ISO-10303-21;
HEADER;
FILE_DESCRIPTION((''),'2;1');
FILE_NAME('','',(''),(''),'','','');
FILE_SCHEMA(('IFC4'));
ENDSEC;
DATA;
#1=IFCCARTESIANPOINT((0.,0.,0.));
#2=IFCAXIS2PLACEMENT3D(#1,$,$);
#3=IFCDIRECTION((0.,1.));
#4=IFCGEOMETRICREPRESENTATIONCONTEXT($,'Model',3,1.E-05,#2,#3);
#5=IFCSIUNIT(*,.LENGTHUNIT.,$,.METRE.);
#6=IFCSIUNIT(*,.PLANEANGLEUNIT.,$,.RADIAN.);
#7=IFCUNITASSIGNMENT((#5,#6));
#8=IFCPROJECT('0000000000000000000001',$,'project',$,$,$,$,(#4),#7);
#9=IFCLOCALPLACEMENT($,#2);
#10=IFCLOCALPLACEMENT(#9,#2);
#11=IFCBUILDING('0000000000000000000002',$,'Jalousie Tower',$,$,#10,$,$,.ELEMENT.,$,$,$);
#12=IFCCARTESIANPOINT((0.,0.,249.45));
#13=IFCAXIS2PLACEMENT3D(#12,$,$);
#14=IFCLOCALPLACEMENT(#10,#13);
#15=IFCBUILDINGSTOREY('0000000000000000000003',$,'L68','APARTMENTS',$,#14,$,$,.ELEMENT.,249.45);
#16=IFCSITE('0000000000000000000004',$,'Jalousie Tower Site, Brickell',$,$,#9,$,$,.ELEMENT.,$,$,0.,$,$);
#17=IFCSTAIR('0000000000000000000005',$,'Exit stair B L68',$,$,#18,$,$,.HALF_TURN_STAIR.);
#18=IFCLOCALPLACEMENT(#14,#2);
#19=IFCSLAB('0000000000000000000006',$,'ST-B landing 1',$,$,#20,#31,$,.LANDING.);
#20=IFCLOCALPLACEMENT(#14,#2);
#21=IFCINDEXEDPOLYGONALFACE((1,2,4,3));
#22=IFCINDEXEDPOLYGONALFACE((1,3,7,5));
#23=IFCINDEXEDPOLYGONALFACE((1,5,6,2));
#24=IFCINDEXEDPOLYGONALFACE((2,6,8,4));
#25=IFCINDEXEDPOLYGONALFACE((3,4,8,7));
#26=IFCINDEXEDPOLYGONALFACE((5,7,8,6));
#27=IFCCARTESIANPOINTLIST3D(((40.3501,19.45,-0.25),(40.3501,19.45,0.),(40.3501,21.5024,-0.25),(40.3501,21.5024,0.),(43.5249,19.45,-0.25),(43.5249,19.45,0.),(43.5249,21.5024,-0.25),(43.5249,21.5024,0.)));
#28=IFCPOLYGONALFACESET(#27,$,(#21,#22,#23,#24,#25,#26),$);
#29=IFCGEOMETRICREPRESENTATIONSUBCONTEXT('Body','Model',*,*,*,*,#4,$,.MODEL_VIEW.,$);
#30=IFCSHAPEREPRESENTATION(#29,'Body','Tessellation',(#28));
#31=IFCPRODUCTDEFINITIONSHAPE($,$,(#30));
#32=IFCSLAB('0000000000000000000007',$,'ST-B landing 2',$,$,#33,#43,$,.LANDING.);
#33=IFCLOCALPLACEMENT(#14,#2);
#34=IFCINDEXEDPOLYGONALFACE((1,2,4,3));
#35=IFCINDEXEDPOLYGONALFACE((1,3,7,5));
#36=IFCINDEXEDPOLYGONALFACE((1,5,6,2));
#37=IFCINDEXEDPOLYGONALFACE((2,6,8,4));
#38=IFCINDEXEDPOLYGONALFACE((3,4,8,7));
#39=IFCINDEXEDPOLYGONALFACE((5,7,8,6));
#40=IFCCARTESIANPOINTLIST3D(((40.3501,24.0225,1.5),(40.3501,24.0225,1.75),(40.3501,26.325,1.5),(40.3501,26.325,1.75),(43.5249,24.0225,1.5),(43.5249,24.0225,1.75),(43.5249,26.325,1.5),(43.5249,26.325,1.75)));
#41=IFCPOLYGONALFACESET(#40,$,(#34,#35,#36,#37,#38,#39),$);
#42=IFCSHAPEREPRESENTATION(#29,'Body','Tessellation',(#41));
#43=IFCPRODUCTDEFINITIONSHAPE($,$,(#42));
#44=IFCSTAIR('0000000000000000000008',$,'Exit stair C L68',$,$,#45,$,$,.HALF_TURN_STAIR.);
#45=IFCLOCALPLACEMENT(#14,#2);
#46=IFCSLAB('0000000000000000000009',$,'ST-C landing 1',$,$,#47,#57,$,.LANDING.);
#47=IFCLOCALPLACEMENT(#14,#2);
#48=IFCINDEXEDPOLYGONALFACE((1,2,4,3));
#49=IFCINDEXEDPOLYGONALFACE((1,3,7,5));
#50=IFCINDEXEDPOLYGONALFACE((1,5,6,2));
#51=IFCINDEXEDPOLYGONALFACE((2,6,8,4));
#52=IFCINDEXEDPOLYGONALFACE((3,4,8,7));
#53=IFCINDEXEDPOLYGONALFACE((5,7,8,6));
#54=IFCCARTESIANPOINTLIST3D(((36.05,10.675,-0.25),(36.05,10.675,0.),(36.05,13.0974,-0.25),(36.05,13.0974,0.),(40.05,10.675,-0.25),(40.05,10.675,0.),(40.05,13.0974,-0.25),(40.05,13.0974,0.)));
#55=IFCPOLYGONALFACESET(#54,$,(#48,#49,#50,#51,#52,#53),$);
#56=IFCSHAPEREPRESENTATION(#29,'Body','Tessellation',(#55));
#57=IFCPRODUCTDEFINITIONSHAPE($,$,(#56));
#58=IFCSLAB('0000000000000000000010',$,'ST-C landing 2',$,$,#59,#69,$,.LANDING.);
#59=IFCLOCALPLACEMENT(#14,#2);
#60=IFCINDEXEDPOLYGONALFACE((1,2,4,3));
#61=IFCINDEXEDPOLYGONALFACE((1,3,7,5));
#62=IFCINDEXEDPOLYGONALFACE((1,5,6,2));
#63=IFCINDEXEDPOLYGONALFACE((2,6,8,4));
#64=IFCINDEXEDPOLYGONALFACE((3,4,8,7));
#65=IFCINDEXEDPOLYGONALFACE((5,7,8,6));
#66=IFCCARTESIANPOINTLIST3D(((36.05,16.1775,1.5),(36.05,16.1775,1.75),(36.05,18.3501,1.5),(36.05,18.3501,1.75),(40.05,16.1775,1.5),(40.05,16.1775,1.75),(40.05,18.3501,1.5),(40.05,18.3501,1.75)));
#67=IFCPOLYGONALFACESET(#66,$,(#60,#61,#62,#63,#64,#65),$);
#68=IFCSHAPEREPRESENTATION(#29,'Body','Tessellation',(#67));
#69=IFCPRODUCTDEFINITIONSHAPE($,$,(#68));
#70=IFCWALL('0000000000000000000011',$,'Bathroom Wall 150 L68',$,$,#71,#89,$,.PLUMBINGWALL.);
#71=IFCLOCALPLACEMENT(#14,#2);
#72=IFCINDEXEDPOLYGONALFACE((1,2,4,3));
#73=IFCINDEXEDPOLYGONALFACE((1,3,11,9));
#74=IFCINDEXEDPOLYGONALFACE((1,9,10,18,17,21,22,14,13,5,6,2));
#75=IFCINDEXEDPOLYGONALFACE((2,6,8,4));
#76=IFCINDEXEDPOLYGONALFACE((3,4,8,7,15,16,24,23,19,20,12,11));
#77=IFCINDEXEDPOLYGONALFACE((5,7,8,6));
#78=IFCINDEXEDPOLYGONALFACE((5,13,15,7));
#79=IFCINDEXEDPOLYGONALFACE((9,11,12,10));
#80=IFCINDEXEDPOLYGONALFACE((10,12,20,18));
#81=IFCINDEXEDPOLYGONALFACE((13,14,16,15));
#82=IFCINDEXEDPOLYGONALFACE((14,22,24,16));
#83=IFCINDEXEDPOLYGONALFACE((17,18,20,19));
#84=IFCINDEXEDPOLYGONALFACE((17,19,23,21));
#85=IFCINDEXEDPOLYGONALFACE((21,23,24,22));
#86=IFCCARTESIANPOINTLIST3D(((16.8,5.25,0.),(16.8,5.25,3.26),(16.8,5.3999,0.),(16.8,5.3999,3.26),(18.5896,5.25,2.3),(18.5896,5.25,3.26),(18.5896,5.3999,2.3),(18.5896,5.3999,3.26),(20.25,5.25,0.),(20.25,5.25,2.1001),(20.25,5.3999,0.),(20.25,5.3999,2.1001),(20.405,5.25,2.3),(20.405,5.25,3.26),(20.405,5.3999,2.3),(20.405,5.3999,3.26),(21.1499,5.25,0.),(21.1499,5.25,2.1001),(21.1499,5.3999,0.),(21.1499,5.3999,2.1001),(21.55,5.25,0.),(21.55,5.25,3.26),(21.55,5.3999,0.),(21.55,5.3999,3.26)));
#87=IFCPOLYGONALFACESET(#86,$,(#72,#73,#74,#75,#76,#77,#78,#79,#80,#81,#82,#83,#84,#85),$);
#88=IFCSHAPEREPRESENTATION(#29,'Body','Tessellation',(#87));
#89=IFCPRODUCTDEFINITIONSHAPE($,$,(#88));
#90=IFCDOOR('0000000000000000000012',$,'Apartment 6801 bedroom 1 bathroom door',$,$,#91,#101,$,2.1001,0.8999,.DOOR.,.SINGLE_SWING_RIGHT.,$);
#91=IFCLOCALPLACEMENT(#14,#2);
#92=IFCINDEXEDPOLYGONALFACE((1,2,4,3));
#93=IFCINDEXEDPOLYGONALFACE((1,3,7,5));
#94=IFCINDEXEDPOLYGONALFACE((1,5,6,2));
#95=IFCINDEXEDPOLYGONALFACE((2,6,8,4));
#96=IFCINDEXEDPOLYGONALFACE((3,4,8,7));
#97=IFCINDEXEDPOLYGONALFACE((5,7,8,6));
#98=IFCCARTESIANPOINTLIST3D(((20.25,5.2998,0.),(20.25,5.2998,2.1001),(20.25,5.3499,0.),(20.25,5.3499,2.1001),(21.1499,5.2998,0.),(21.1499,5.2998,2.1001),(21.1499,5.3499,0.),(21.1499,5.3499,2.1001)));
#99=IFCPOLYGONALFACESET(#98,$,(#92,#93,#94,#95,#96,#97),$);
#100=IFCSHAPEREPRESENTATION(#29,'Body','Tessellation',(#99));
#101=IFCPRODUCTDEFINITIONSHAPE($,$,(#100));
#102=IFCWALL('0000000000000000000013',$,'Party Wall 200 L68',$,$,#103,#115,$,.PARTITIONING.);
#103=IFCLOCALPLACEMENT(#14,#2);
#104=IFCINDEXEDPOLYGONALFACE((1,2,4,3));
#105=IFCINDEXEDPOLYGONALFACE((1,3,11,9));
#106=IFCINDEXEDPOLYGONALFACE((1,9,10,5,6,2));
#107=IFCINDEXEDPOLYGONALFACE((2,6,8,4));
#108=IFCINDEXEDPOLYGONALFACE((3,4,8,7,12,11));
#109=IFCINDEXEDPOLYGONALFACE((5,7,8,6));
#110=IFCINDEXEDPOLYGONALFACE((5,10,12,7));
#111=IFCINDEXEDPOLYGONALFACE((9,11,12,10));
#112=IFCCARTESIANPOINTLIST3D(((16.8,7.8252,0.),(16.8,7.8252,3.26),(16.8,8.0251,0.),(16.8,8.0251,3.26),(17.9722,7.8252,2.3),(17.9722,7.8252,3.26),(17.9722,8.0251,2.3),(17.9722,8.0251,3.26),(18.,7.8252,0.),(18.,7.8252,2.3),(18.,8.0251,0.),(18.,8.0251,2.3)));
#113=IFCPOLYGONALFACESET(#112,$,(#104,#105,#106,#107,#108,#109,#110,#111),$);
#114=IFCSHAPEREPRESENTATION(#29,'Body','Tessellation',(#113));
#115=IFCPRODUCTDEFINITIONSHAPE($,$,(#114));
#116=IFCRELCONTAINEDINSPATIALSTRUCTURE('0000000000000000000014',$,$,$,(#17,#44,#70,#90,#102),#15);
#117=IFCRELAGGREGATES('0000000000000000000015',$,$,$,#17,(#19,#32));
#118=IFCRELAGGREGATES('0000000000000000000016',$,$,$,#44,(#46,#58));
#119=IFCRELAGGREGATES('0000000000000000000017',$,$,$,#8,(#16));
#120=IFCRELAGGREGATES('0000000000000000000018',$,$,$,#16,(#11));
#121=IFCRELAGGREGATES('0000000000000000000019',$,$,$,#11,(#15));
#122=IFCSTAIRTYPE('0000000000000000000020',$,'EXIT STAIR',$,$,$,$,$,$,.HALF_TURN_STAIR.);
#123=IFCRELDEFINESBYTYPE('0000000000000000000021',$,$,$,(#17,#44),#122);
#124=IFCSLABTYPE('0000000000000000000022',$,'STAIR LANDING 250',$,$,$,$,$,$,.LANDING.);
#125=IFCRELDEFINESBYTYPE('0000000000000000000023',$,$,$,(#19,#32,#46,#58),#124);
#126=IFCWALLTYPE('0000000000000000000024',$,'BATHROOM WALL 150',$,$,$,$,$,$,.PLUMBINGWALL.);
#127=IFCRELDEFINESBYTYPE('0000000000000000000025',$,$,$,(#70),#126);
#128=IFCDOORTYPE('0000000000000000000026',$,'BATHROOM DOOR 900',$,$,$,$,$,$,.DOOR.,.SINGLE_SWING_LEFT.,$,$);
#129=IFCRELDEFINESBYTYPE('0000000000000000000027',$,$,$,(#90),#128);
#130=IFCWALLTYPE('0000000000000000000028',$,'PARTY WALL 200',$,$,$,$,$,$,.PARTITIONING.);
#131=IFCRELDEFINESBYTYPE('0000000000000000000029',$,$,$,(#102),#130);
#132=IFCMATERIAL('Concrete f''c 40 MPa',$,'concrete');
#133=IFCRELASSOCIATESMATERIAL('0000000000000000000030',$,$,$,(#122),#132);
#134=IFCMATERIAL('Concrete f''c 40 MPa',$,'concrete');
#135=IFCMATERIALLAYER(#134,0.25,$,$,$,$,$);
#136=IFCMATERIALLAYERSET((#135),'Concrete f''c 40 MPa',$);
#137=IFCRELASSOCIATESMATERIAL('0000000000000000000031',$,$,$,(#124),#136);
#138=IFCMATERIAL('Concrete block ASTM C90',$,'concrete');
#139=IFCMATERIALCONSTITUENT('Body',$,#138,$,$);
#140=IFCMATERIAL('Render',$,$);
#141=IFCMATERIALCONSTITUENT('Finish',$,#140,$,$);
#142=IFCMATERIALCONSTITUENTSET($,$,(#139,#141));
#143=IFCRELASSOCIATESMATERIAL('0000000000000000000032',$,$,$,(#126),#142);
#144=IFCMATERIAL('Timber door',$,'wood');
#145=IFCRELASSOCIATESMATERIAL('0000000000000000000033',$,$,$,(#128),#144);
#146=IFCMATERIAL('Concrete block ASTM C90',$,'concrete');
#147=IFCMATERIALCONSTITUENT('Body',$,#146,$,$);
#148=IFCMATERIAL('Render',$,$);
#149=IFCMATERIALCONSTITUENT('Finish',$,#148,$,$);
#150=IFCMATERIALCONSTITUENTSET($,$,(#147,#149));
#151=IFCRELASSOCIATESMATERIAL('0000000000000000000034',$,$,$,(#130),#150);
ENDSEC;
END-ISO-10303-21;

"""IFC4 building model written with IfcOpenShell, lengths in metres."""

from ifc_helpers import new_model, si_unit, direction, frame, frame_2d, origin, place, context, subcontext, project, spatial, polyline, rectangle, outline, extrude, material, layer, layer_set, constituent, constituent_set, type_object, element, fill, aggregate, save


model = new_model("IFC4")

# Units and contexts
model_context = context("Model", 3, precision=1e-05, world=origin(), true_north=direction((0.0, 1.0)))
body_context = subcontext(model_context, "Body", "Model", "MODEL_VIEW")
ifc_project = project(units=[si_unit("LENGTHUNIT", "METRE"), si_unit("PLANEANGLEUNIT", "RADIAN")], contexts=[model_context])

# Site, building, storey
site_placement = place(None, origin())
site = spatial("IfcSite", under=ifc_project, at=site_placement, Name="Jalousie Tower Site, Brickell", CompositionType="ELEMENT", RefElevation=0.0)
building_placement = place(site_placement, origin())
building = spatial("IfcBuilding", under=site, at=building_placement, Name="Jalousie Tower", CompositionType="ELEMENT")
storey_placement = place(building_placement, frame((0.0, 0.0, 249.45)))
storey = spatial("IfcBuildingStorey", under=building, at=storey_placement, Name="L68", Description="APARTMENTS", CompositionType="ELEMENT", Elevation=249.45)

# Stairs, slabs
ifc_material_1 = material(Name="Concrete f'c 40 MPa", Category="concrete")
stair_type = type_object("IfcStairType", Name="EXIT STAIR", PredefinedType="HALF_TURN_STAIR", material=ifc_material_1)
ifc_material_2 = material(Name="Concrete f'c 40 MPa", Category="concrete")
ifc_layer_1 = layer(ifc_material_2, 0.25)
ifc_layer_set_1 = layer_set([ifc_layer_1], Name="Concrete f'c 40 MPa")
slab_type_1 = type_object("IfcSlabType", Name="STAIR LANDING 250", PredefinedType="LANDING", material=ifc_layer_set_1)
stair_1_placement = place(storey_placement, origin())
stair_1 = element("IfcStair", 1, at=stair_1_placement, inside=storey, type_object=stair_type, Name="Exit stair B L68", PredefinedType="HALF_TURN_STAIR")
slab_1_placement = place(storey_placement, frame((0.0, 0.0, -0.25)))
slab_1 = element("IfcSlab", 2, at=slab_1_placement, type_object=slab_type_1, Name="ST-B landing 1", PredefinedType="LANDING", context=body_context, shape_type="SweptSolid", body=[
    extrude(outline(polyline([(40.3501, 19.45), (43.5249, 19.45), (43.5249, 21.5024), (40.3501, 21.5024), (40.3501, 19.45)])), origin(), (0.0, 0.0, 1.0), 0.25),
])
slab_2_placement = place(storey_placement, frame((0.0, 0.0, 1.5)))
slab_2 = element("IfcSlab", 3, at=slab_2_placement, type_object=slab_type_1, Name="ST-B landing 2", PredefinedType="LANDING", context=body_context, shape_type="SweptSolid", body=[
    extrude(outline(polyline([(40.3501, 24.0225), (43.5249, 24.0225), (43.5249, 26.325), (40.3501, 26.325), (40.3501, 24.0225)])), origin(), (0.0, 0.0, 1.0), 0.25),
])
aggregate(stair_1, [slab_1, slab_2])
stair_2_placement = place(storey_placement, origin())
stair_2 = element("IfcStair", 4, at=stair_2_placement, inside=storey, type_object=stair_type, Name="Exit stair C L68", PredefinedType="HALF_TURN_STAIR")
slab_3_placement = place(storey_placement, frame((0.0, 0.0, -0.25)))
slab_3 = element("IfcSlab", 5, at=slab_3_placement, type_object=slab_type_1, Name="ST-C landing 1", PredefinedType="LANDING", context=body_context, shape_type="SweptSolid", body=[
    extrude(outline(polyline([(36.05, 10.675), (40.05, 10.675), (40.05, 13.0974), (36.05, 13.0974), (36.05, 10.675)])), origin(), (0.0, 0.0, 1.0), 0.25),
])
slab_4_placement = place(storey_placement, frame((0.0, 0.0, 1.5)))
slab_4 = element("IfcSlab", 6, at=slab_4_placement, type_object=slab_type_1, Name="ST-C landing 2", PredefinedType="LANDING", context=body_context, shape_type="SweptSolid", body=[
    extrude(outline(polyline([(36.05, 16.1775), (40.05, 16.1775), (40.05, 18.3501), (36.05, 18.3501), (36.05, 16.1775)])), origin(), (0.0, 0.0, 1.0), 0.25),
])
aggregate(stair_2, [slab_3, slab_4])

# Wall, opening, door
ifc_material_3 = material(Name="Concrete block ASTM C90", Category="concrete")
ifc_constituent_1 = constituent(ifc_material_3, Name="Body")
ifc_material_4 = material(Name="Render")
ifc_constituent_2 = constituent(ifc_material_4, Name="Finish")
ifc_constituent_set_1 = constituent_set(constituents=[ifc_constituent_1, ifc_constituent_2])
wall_type_1 = type_object("IfcWallType", Name="BATHROOM WALL 150", PredefinedType="PLUMBINGWALL", material=ifc_constituent_set_1)
wall_1_placement = place(storey_placement, frame((16.8, 5.325, 0.0), z_axis=(0.0, 0.0, 1.0), x_axis=(1.0, 0.0, 0.0)))
wall_1 = element("IfcWall", 7, at=wall_1_placement, inside=storey, type_object=wall_type_1, Name="Bathroom Wall 150 L68", PredefinedType="PLUMBINGWALL", context=body_context, shape_type="SweptSolid", body=[
    extrude(outline(polyline([(0.0, 0.0), (4.75, 0.0), (4.75, 3.26), (3.605, 3.26), (3.605, 2.3), (1.7896, 2.3), (1.7896, 3.26), (0.0, 3.26), (0.0, 0.0)])), frame((0.0, 0.075, 0.0), z_axis=(0.0, -1.0, 0.0), x_axis=(1.0, 0.0, 0.0)), (0.0, 0.0, 1.0), 0.1499),
])
opening_placement = place(wall_1_placement, frame((3.45, 0.0, 0.0)))
opening = element("IfcOpeningElement", 8, at=opening_placement, cuts=wall_1, PredefinedType="OPENING", context=body_context, shape_type="SweptSolid", body=[
    extrude(rectangle(XDim=0.8999, YDim=2.1001, at=frame_2d((0.45, 1.05))), frame((0.0, 0.085, 0.0), z_axis=(0.0, -1.0, 0.0), x_axis=(1.0, 0.0, 0.0)), (0.0, 0.0, 1.0), 0.1699),
])
ifc_material_5 = material(Name="Timber door", Category="wood")
door_type = type_object("IfcDoorType", Name="BATHROOM DOOR 900", OperationType="SINGLE_SWING_LEFT", PredefinedType="DOOR", material=ifc_material_5)
door_placement = place(opening_placement, origin())
door = element("IfcDoor", 9, at=door_placement, inside=storey, type_object=door_type, Name="Apartment 6801 bedroom 1 bathroom door", OperationType="SINGLE_SWING_RIGHT", OverallHeight=2.1001, OverallWidth=0.8999, PredefinedType="DOOR", context=body_context, shape_type="SweptSolid", body=[
    extrude(rectangle(XDim=0.8999, YDim=2.1001, at=frame_2d((0.45, 1.05))), frame((0.0, 0.0249, 0.0), z_axis=(0.0, -1.0, 0.0), x_axis=(1.0, 0.0, 0.0)), (0.0, 0.0, 1.0), 0.05),
])
fill(opening, door)

# Wall
ifc_material_6 = material(Name="Concrete block ASTM C90", Category="concrete")
ifc_constituent_3 = constituent(ifc_material_6, Name="Body")
ifc_material_7 = material(Name="Render")
ifc_constituent_4 = constituent(ifc_material_7, Name="Finish")
ifc_constituent_set_2 = constituent_set(constituents=[ifc_constituent_3, ifc_constituent_4])
wall_type_2 = type_object("IfcWallType", Name="PARTY WALL 200", PredefinedType="PARTITIONING", material=ifc_constituent_set_2)
wall_2_placement = place(storey_placement, frame((16.8, 7.925, 0.0), z_axis=(0.0, 0.0, 1.0), x_axis=(1.0, 0.0, 0.0)))
element("IfcWall", 10, at=wall_2_placement, inside=storey, type_object=wall_type_2, Name="Party Wall 200 L68", PredefinedType="PARTITIONING", context=body_context, shape_type="SweptSolid", body=[
    extrude(outline(polyline([(0.0, 0.0), (1.2, 0.0), (1.2, 3.26), (1.2, 2.3), (1.1721, 2.3), (1.1721, 3.26), (0.0, 3.26), (0.0, 0.0)])), frame((0.0, 0.1001, 0.0), z_axis=(0.0, -1.0, 0.0), x_axis=(1.0, 0.0, 0.0)), (0.0, 0.0, 1.0), 0.2),
])

save(model, "model.ifc")
